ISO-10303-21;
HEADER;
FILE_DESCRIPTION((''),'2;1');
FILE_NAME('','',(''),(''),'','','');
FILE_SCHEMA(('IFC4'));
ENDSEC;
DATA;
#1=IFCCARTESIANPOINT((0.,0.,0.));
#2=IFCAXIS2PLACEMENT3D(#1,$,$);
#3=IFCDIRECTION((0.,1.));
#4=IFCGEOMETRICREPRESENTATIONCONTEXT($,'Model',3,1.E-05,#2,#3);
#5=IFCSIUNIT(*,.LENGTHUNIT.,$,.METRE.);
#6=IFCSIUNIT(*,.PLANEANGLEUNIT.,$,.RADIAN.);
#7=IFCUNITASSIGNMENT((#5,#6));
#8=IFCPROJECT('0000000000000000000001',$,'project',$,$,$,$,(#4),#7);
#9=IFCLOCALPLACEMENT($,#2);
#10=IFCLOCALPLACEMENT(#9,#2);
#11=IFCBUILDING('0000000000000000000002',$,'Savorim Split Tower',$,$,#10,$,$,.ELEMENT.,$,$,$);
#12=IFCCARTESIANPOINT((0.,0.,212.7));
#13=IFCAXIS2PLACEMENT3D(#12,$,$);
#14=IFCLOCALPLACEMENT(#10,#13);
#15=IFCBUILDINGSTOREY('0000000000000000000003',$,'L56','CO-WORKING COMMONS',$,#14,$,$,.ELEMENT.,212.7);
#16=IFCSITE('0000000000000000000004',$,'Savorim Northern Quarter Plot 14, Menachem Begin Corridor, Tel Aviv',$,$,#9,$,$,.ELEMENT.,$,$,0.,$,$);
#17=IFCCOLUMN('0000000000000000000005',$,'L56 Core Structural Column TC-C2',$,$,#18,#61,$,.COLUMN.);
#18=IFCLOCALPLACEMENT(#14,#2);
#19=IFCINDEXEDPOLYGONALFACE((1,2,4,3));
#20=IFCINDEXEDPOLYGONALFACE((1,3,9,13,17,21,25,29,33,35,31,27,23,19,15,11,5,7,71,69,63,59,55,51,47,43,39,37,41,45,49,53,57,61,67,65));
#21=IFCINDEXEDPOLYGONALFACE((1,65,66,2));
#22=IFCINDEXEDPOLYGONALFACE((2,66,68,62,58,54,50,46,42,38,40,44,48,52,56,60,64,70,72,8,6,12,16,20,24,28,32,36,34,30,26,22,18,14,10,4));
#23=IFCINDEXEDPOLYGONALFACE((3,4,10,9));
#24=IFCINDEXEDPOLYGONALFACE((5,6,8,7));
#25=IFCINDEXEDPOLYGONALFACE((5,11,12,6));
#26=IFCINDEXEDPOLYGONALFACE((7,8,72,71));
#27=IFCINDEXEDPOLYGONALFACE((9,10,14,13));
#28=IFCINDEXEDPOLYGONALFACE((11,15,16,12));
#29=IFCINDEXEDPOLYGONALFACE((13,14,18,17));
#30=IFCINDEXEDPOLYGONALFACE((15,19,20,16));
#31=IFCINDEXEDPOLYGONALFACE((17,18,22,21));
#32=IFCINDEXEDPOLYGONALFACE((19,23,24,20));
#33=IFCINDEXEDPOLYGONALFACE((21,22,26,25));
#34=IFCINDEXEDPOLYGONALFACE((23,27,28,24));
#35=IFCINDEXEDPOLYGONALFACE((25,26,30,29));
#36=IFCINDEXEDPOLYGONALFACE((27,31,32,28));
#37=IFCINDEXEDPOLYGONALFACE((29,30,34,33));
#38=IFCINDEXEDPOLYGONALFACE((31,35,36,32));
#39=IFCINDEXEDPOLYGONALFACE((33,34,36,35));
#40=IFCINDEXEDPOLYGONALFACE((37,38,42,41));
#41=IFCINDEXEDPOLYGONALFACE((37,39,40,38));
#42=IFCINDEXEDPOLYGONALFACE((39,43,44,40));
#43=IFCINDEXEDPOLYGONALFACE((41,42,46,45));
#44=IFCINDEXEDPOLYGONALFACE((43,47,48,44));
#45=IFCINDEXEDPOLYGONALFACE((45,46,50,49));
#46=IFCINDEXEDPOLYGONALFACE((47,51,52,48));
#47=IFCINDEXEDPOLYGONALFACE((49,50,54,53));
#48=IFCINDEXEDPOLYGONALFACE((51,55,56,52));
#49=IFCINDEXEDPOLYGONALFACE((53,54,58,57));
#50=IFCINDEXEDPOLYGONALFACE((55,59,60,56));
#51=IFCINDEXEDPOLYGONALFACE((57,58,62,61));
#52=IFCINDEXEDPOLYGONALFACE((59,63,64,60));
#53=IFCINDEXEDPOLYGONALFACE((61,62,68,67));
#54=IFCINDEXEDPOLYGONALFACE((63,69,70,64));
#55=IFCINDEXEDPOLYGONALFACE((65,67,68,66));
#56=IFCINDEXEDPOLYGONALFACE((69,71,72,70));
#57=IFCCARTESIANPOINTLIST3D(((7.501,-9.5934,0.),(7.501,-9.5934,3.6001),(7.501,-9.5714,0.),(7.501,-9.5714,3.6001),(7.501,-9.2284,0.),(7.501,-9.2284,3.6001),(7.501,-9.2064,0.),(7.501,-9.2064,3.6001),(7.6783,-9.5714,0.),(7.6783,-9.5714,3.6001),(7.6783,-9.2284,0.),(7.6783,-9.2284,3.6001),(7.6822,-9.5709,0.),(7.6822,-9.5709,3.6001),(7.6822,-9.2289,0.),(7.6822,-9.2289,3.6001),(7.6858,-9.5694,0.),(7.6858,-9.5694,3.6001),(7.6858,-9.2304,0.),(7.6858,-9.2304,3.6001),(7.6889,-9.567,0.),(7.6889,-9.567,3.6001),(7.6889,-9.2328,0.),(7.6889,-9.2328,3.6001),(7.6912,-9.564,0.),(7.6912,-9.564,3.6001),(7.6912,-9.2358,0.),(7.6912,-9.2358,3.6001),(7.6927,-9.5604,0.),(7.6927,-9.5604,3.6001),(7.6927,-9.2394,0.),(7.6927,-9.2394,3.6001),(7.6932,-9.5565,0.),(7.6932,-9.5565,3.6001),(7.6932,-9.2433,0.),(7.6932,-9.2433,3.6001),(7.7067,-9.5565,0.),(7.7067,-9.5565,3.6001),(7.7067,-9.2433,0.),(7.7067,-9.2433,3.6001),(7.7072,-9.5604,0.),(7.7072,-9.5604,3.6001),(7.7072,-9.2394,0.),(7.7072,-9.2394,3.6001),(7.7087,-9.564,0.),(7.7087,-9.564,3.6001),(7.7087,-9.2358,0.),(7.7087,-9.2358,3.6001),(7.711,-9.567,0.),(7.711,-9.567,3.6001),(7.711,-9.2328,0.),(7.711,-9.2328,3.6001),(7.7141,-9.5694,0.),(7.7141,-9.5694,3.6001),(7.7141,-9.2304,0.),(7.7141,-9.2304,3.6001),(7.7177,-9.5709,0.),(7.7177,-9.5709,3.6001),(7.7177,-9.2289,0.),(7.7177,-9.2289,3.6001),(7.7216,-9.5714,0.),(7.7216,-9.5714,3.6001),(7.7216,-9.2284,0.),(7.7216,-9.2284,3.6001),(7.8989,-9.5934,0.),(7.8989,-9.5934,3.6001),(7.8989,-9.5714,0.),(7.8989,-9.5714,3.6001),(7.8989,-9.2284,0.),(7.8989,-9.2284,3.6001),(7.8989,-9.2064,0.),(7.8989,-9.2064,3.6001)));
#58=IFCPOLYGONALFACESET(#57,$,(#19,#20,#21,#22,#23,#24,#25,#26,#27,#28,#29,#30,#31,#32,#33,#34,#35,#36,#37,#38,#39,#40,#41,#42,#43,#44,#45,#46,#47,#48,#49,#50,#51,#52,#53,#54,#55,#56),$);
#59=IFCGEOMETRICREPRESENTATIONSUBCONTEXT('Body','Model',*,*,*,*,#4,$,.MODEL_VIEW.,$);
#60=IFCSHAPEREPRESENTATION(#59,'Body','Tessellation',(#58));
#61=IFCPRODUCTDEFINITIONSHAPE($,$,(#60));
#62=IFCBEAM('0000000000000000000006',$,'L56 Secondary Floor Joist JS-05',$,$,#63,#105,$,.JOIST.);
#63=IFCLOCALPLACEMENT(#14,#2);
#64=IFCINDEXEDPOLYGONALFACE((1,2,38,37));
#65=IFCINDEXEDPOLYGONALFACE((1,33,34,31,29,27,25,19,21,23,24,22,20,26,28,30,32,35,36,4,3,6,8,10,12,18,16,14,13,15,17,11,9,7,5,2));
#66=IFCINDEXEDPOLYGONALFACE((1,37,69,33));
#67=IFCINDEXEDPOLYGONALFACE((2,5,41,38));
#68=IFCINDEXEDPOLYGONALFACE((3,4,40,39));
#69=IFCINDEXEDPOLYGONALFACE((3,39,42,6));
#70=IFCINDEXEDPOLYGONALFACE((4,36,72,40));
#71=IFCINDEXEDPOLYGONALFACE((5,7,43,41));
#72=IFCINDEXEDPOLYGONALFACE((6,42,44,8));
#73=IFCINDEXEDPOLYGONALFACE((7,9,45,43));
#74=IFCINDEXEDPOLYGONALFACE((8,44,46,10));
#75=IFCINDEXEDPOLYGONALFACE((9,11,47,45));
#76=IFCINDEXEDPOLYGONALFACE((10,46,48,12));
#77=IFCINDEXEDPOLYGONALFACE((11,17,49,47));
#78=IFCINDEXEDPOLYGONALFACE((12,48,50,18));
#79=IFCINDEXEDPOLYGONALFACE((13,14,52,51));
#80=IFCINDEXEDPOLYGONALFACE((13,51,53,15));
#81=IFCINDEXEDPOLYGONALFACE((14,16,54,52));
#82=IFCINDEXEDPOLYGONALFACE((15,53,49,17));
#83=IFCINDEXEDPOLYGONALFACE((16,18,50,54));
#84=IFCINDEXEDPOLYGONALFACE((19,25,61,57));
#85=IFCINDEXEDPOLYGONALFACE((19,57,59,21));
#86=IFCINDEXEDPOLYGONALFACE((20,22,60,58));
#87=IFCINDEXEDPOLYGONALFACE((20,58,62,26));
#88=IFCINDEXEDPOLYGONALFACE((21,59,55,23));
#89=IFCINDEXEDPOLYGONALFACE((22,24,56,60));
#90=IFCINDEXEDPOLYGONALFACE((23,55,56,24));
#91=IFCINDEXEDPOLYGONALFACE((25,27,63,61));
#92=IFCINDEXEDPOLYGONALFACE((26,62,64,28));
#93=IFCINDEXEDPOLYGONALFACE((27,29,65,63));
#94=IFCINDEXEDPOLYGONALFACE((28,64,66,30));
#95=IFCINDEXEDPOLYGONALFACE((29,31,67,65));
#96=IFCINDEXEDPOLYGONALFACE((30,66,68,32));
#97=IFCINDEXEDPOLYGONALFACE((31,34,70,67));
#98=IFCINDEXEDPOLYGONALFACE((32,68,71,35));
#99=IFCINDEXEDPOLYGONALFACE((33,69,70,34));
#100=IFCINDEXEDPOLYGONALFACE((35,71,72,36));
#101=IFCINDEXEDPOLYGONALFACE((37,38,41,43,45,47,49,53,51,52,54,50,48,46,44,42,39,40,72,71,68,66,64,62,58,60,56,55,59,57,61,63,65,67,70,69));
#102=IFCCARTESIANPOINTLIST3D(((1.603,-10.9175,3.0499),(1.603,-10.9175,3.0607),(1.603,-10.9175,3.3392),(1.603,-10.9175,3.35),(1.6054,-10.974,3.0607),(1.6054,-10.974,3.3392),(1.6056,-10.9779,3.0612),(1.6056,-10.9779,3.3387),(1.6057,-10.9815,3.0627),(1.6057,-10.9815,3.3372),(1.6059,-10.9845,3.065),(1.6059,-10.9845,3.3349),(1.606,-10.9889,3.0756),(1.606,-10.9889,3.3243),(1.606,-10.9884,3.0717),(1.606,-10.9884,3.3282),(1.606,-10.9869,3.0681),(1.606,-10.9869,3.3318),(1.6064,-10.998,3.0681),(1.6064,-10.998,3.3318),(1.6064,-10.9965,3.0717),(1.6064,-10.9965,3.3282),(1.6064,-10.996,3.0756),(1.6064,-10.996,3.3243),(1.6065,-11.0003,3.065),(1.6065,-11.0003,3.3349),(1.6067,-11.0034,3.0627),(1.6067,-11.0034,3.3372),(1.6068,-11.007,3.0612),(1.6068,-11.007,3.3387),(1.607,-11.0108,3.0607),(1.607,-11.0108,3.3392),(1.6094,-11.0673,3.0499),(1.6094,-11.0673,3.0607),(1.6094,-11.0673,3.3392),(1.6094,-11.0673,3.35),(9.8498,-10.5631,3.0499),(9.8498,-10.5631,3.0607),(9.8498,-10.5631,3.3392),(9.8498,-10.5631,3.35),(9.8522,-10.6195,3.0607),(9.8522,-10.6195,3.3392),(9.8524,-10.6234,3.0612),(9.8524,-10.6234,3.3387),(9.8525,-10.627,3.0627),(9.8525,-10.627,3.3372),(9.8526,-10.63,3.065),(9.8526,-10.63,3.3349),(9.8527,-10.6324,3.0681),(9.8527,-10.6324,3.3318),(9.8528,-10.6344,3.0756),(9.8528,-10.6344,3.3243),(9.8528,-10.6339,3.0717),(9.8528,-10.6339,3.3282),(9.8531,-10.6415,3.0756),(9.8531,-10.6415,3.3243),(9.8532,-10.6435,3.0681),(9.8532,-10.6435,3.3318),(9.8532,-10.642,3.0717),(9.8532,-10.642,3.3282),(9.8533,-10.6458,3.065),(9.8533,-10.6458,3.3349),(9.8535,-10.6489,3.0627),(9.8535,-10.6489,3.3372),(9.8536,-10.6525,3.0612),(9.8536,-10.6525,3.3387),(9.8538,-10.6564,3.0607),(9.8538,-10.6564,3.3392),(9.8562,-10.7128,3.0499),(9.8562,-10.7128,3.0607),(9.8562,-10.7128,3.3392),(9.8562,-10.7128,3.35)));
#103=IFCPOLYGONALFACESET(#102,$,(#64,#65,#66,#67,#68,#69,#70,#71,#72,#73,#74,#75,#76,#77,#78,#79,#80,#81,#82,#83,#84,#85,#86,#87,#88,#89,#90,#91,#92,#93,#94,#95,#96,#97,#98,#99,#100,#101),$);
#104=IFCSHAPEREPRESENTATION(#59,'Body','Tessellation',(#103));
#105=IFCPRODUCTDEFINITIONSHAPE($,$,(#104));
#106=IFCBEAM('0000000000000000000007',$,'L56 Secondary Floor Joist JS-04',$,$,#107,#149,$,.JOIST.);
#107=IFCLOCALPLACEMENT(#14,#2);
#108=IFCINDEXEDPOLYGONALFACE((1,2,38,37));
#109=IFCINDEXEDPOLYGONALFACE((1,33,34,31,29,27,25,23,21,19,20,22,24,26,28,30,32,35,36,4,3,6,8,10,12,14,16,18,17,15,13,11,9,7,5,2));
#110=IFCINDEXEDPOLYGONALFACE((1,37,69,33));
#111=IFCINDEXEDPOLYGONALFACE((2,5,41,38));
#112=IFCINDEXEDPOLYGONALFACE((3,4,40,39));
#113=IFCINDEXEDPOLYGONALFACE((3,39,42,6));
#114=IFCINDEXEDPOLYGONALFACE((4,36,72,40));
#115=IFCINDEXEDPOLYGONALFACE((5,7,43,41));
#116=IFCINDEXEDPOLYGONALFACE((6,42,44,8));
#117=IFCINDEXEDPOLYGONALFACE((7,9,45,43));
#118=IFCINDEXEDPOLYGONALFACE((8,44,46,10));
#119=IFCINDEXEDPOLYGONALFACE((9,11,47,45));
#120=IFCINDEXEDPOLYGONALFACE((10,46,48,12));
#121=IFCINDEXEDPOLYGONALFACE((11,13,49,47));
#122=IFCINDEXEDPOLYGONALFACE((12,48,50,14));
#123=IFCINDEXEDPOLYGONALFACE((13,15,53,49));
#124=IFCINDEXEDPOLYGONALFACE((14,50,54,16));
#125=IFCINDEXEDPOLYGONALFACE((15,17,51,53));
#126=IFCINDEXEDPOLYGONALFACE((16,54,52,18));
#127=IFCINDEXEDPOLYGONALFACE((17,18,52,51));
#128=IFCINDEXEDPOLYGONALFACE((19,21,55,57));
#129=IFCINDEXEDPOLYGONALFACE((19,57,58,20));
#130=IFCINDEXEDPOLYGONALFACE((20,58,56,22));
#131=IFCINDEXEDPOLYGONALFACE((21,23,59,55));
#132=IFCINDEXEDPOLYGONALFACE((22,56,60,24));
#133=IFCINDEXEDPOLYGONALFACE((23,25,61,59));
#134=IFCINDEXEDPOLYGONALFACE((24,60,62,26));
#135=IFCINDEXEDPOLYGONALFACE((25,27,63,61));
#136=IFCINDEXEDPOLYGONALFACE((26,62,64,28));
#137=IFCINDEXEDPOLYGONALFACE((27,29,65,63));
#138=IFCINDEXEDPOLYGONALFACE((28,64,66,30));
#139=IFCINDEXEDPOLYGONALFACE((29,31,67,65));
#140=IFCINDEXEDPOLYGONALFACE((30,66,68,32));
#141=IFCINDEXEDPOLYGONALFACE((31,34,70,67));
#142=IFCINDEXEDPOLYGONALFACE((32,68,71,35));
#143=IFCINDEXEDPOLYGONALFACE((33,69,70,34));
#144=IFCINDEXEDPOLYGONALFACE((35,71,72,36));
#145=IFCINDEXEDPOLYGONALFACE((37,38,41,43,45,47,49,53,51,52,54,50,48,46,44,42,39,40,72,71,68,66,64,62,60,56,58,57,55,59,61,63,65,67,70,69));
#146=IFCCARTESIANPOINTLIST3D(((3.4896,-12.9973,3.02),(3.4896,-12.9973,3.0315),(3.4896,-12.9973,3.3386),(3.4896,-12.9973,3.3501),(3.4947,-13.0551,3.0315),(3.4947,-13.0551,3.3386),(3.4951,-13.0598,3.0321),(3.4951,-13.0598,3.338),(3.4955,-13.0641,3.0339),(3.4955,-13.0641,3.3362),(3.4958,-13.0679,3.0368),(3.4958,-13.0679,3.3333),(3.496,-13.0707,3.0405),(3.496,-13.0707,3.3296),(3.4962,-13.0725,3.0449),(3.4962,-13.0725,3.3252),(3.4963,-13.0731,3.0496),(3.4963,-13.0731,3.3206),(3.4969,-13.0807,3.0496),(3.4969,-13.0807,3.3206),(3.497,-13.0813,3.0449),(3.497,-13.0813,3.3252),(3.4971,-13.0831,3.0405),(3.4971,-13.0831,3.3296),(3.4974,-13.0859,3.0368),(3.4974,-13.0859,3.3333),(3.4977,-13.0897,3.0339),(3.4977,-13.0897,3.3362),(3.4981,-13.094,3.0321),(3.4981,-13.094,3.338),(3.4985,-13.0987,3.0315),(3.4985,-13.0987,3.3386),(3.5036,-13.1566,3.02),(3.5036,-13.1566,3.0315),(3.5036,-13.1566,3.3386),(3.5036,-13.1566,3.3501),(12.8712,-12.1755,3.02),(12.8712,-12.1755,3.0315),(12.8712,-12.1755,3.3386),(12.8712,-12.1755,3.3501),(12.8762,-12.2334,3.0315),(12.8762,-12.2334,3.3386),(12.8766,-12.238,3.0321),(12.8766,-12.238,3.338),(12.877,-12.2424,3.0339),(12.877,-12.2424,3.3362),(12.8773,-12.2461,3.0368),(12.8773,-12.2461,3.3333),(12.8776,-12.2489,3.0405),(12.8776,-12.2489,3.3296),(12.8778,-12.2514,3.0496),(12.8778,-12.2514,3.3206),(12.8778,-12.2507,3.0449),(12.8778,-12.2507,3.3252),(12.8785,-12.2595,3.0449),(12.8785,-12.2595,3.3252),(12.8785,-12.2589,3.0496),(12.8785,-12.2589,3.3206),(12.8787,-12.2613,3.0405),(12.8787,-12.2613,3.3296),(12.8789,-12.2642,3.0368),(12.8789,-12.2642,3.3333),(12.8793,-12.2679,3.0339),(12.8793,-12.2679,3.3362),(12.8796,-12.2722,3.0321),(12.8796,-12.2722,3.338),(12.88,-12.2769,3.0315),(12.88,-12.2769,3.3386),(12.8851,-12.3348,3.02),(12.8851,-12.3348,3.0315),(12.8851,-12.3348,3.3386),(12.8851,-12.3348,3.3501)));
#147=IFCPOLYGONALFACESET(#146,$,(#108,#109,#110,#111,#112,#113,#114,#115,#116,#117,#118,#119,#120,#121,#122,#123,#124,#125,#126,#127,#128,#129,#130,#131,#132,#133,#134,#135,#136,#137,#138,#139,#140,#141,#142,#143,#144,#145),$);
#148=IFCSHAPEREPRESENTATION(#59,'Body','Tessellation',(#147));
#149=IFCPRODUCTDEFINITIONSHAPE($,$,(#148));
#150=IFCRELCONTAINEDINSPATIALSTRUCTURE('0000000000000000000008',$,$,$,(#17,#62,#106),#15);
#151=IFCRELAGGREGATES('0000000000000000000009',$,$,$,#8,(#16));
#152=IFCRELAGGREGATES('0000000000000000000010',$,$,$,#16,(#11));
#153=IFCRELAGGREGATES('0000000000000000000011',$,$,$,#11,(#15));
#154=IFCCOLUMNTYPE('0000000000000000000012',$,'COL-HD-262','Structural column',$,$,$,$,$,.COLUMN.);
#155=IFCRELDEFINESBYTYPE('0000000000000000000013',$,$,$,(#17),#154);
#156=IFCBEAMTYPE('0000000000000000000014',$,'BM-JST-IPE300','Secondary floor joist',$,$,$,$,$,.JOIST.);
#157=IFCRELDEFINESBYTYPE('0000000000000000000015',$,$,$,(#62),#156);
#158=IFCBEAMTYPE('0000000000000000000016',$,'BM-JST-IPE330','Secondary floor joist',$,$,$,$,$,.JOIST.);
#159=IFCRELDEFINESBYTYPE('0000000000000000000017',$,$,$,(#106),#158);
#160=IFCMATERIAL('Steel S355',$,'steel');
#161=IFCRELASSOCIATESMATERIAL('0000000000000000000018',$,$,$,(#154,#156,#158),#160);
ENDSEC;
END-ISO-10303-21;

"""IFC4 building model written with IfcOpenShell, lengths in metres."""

from ifc_helpers import new_model, si_unit, direction, frame, origin, origin_2d, place, context, subcontext, project, spatial, i_section, extrude, material, material_profile, profile_set, type_object, element, save


model = new_model("IFC4")

# Units and contexts
model_context = context("Model", 3, precision=1e-05, world=origin(), true_north=direction((0.0, 1.0)))
body_context = subcontext(model_context, "Body", "Model", "MODEL_VIEW")
ifc_project = project(units=[si_unit("LENGTHUNIT", "METRE"), si_unit("PLANEANGLEUNIT", "RADIAN")], contexts=[model_context])

# Site, building, storey
site_placement = place(None, origin())
site = spatial("IfcSite", under=ifc_project, at=site_placement, Name="Savorim Northern Quarter Plot 14, Menachem Begin Corridor, Tel Aviv", CompositionType="ELEMENT", RefElevation=0.0)
building_placement = place(site_placement, origin())
building = spatial("IfcBuilding", under=site, at=building_placement, Name="Savorim Split Tower", CompositionType="ELEMENT")
storey_placement = place(building_placement, frame((0.0, 0.0, 212.7)))
storey = spatial("IfcBuildingStorey", under=building, at=storey_placement, Name="L56", Description="CO-WORKING COMMONS", CompositionType="ELEMENT", Elevation=212.7)

# Column
ifc_material_1 = material(Name="Steel S355", Category="steel")
ifc_material_profile_1 = material_profile(ifc_material_1, i_section(OverallWidth=0.3979, OverallDepth=0.387, WebThickness=0.0134, FlangeThickness=0.022, FilletRadius=0.0149, at=origin_2d()), Name="HD 400x262")
ifc_profile_set_1 = profile_set([ifc_material_profile_1], Name="Steel S355")
column_type = type_object("IfcColumnType", Name="COL-HD-262", Description="Structural column", PredefinedType="COLUMN", material=ifc_profile_set_1)
column_placement = place(storey_placement, frame((7.7, -9.3999, 0.0), z_axis=(0.0, 0.0, 1.0), x_axis=(1.0, 0.0, 0.0)))
element("IfcColumn", 1, at=column_placement, inside=storey, type_object=column_type, Name="L56 Core Structural Column TC-C2", PredefinedType="COLUMN", context=body_context, shape_type="SweptSolid", body=[
    extrude(i_section(OverallWidth=0.3979, OverallDepth=0.387, WebThickness=0.0134, FlangeThickness=0.022, FilletRadius=0.0149, at=origin_2d()), origin(), (0.0, 0.0, 1.0), 3.6001),
])

# Beams
ifc_material_profile_2 = material_profile(ifc_material_1, i_section(OverallWidth=0.1499, OverallDepth=0.3, WebThickness=0.0071, FlangeThickness=0.0107, FilletRadius=0.0149, at=origin_2d()), Name="IPE 300")
ifc_profile_set_2 = profile_set([ifc_material_profile_2], Name="Steel S355")
beam_type_1 = type_object("IfcBeamType", Name="BM-JST-IPE300", Description="Secondary floor joist", PredefinedType="JOIST", material=ifc_profile_set_2)
beam_1_placement = place(storey_placement, frame((1.6062, -10.9924, 3.2), z_axis=(0.999077, 0.042946, 0.0), x_axis=(-0.042946, 0.999077, 0.0)))
element("IfcBeam", 2, at=beam_1_placement, inside=storey, type_object=beam_type_1, Name="L56 Secondary Floor Joist JS-05", PredefinedType="JOIST", context=body_context, shape_type="SweptSolid", body=[
    extrude(i_section(OverallWidth=0.1499, OverallDepth=0.3, WebThickness=0.0071, FlangeThickness=0.0107, FilletRadius=0.0149, at=origin_2d()), origin(), (0.0, 0.0, 1.0), 8.2544),
])
ifc_material_profile_3 = material_profile(ifc_material_1, i_section(OverallWidth=0.1599, OverallDepth=0.3301, WebThickness=0.0076, FlangeThickness=0.0115, FilletRadius=0.0181, at=origin_2d()), Name="IPE 330")
ifc_profile_set_3 = profile_set([ifc_material_profile_3], Name="Steel S355")
beam_type_2 = type_object("IfcBeamType", Name="BM-JST-IPE330", Description="Secondary floor joist", PredefinedType="JOIST", material=ifc_profile_set_3)
beam_2_placement = place(storey_placement, frame((3.4966, -13.0769, 3.1851), z_axis=(0.996186, 0.087261, 0.0), x_axis=(-0.087261, 0.996186, 0.0)))
element("IfcBeam", 3, at=beam_2_placement, inside=storey, type_object=beam_type_2, Name="L56 Secondary Floor Joist JS-04", PredefinedType="JOIST", context=body_context, shape_type="SweptSolid", body=[
    extrude(i_section(OverallWidth=0.1599, OverallDepth=0.3301, WebThickness=0.0076, FlangeThickness=0.0115, FilletRadius=0.0181, at=origin_2d()), origin(), (0.0, 0.0, 1.0), 9.4175),
])

save(model, "model.ifc")
